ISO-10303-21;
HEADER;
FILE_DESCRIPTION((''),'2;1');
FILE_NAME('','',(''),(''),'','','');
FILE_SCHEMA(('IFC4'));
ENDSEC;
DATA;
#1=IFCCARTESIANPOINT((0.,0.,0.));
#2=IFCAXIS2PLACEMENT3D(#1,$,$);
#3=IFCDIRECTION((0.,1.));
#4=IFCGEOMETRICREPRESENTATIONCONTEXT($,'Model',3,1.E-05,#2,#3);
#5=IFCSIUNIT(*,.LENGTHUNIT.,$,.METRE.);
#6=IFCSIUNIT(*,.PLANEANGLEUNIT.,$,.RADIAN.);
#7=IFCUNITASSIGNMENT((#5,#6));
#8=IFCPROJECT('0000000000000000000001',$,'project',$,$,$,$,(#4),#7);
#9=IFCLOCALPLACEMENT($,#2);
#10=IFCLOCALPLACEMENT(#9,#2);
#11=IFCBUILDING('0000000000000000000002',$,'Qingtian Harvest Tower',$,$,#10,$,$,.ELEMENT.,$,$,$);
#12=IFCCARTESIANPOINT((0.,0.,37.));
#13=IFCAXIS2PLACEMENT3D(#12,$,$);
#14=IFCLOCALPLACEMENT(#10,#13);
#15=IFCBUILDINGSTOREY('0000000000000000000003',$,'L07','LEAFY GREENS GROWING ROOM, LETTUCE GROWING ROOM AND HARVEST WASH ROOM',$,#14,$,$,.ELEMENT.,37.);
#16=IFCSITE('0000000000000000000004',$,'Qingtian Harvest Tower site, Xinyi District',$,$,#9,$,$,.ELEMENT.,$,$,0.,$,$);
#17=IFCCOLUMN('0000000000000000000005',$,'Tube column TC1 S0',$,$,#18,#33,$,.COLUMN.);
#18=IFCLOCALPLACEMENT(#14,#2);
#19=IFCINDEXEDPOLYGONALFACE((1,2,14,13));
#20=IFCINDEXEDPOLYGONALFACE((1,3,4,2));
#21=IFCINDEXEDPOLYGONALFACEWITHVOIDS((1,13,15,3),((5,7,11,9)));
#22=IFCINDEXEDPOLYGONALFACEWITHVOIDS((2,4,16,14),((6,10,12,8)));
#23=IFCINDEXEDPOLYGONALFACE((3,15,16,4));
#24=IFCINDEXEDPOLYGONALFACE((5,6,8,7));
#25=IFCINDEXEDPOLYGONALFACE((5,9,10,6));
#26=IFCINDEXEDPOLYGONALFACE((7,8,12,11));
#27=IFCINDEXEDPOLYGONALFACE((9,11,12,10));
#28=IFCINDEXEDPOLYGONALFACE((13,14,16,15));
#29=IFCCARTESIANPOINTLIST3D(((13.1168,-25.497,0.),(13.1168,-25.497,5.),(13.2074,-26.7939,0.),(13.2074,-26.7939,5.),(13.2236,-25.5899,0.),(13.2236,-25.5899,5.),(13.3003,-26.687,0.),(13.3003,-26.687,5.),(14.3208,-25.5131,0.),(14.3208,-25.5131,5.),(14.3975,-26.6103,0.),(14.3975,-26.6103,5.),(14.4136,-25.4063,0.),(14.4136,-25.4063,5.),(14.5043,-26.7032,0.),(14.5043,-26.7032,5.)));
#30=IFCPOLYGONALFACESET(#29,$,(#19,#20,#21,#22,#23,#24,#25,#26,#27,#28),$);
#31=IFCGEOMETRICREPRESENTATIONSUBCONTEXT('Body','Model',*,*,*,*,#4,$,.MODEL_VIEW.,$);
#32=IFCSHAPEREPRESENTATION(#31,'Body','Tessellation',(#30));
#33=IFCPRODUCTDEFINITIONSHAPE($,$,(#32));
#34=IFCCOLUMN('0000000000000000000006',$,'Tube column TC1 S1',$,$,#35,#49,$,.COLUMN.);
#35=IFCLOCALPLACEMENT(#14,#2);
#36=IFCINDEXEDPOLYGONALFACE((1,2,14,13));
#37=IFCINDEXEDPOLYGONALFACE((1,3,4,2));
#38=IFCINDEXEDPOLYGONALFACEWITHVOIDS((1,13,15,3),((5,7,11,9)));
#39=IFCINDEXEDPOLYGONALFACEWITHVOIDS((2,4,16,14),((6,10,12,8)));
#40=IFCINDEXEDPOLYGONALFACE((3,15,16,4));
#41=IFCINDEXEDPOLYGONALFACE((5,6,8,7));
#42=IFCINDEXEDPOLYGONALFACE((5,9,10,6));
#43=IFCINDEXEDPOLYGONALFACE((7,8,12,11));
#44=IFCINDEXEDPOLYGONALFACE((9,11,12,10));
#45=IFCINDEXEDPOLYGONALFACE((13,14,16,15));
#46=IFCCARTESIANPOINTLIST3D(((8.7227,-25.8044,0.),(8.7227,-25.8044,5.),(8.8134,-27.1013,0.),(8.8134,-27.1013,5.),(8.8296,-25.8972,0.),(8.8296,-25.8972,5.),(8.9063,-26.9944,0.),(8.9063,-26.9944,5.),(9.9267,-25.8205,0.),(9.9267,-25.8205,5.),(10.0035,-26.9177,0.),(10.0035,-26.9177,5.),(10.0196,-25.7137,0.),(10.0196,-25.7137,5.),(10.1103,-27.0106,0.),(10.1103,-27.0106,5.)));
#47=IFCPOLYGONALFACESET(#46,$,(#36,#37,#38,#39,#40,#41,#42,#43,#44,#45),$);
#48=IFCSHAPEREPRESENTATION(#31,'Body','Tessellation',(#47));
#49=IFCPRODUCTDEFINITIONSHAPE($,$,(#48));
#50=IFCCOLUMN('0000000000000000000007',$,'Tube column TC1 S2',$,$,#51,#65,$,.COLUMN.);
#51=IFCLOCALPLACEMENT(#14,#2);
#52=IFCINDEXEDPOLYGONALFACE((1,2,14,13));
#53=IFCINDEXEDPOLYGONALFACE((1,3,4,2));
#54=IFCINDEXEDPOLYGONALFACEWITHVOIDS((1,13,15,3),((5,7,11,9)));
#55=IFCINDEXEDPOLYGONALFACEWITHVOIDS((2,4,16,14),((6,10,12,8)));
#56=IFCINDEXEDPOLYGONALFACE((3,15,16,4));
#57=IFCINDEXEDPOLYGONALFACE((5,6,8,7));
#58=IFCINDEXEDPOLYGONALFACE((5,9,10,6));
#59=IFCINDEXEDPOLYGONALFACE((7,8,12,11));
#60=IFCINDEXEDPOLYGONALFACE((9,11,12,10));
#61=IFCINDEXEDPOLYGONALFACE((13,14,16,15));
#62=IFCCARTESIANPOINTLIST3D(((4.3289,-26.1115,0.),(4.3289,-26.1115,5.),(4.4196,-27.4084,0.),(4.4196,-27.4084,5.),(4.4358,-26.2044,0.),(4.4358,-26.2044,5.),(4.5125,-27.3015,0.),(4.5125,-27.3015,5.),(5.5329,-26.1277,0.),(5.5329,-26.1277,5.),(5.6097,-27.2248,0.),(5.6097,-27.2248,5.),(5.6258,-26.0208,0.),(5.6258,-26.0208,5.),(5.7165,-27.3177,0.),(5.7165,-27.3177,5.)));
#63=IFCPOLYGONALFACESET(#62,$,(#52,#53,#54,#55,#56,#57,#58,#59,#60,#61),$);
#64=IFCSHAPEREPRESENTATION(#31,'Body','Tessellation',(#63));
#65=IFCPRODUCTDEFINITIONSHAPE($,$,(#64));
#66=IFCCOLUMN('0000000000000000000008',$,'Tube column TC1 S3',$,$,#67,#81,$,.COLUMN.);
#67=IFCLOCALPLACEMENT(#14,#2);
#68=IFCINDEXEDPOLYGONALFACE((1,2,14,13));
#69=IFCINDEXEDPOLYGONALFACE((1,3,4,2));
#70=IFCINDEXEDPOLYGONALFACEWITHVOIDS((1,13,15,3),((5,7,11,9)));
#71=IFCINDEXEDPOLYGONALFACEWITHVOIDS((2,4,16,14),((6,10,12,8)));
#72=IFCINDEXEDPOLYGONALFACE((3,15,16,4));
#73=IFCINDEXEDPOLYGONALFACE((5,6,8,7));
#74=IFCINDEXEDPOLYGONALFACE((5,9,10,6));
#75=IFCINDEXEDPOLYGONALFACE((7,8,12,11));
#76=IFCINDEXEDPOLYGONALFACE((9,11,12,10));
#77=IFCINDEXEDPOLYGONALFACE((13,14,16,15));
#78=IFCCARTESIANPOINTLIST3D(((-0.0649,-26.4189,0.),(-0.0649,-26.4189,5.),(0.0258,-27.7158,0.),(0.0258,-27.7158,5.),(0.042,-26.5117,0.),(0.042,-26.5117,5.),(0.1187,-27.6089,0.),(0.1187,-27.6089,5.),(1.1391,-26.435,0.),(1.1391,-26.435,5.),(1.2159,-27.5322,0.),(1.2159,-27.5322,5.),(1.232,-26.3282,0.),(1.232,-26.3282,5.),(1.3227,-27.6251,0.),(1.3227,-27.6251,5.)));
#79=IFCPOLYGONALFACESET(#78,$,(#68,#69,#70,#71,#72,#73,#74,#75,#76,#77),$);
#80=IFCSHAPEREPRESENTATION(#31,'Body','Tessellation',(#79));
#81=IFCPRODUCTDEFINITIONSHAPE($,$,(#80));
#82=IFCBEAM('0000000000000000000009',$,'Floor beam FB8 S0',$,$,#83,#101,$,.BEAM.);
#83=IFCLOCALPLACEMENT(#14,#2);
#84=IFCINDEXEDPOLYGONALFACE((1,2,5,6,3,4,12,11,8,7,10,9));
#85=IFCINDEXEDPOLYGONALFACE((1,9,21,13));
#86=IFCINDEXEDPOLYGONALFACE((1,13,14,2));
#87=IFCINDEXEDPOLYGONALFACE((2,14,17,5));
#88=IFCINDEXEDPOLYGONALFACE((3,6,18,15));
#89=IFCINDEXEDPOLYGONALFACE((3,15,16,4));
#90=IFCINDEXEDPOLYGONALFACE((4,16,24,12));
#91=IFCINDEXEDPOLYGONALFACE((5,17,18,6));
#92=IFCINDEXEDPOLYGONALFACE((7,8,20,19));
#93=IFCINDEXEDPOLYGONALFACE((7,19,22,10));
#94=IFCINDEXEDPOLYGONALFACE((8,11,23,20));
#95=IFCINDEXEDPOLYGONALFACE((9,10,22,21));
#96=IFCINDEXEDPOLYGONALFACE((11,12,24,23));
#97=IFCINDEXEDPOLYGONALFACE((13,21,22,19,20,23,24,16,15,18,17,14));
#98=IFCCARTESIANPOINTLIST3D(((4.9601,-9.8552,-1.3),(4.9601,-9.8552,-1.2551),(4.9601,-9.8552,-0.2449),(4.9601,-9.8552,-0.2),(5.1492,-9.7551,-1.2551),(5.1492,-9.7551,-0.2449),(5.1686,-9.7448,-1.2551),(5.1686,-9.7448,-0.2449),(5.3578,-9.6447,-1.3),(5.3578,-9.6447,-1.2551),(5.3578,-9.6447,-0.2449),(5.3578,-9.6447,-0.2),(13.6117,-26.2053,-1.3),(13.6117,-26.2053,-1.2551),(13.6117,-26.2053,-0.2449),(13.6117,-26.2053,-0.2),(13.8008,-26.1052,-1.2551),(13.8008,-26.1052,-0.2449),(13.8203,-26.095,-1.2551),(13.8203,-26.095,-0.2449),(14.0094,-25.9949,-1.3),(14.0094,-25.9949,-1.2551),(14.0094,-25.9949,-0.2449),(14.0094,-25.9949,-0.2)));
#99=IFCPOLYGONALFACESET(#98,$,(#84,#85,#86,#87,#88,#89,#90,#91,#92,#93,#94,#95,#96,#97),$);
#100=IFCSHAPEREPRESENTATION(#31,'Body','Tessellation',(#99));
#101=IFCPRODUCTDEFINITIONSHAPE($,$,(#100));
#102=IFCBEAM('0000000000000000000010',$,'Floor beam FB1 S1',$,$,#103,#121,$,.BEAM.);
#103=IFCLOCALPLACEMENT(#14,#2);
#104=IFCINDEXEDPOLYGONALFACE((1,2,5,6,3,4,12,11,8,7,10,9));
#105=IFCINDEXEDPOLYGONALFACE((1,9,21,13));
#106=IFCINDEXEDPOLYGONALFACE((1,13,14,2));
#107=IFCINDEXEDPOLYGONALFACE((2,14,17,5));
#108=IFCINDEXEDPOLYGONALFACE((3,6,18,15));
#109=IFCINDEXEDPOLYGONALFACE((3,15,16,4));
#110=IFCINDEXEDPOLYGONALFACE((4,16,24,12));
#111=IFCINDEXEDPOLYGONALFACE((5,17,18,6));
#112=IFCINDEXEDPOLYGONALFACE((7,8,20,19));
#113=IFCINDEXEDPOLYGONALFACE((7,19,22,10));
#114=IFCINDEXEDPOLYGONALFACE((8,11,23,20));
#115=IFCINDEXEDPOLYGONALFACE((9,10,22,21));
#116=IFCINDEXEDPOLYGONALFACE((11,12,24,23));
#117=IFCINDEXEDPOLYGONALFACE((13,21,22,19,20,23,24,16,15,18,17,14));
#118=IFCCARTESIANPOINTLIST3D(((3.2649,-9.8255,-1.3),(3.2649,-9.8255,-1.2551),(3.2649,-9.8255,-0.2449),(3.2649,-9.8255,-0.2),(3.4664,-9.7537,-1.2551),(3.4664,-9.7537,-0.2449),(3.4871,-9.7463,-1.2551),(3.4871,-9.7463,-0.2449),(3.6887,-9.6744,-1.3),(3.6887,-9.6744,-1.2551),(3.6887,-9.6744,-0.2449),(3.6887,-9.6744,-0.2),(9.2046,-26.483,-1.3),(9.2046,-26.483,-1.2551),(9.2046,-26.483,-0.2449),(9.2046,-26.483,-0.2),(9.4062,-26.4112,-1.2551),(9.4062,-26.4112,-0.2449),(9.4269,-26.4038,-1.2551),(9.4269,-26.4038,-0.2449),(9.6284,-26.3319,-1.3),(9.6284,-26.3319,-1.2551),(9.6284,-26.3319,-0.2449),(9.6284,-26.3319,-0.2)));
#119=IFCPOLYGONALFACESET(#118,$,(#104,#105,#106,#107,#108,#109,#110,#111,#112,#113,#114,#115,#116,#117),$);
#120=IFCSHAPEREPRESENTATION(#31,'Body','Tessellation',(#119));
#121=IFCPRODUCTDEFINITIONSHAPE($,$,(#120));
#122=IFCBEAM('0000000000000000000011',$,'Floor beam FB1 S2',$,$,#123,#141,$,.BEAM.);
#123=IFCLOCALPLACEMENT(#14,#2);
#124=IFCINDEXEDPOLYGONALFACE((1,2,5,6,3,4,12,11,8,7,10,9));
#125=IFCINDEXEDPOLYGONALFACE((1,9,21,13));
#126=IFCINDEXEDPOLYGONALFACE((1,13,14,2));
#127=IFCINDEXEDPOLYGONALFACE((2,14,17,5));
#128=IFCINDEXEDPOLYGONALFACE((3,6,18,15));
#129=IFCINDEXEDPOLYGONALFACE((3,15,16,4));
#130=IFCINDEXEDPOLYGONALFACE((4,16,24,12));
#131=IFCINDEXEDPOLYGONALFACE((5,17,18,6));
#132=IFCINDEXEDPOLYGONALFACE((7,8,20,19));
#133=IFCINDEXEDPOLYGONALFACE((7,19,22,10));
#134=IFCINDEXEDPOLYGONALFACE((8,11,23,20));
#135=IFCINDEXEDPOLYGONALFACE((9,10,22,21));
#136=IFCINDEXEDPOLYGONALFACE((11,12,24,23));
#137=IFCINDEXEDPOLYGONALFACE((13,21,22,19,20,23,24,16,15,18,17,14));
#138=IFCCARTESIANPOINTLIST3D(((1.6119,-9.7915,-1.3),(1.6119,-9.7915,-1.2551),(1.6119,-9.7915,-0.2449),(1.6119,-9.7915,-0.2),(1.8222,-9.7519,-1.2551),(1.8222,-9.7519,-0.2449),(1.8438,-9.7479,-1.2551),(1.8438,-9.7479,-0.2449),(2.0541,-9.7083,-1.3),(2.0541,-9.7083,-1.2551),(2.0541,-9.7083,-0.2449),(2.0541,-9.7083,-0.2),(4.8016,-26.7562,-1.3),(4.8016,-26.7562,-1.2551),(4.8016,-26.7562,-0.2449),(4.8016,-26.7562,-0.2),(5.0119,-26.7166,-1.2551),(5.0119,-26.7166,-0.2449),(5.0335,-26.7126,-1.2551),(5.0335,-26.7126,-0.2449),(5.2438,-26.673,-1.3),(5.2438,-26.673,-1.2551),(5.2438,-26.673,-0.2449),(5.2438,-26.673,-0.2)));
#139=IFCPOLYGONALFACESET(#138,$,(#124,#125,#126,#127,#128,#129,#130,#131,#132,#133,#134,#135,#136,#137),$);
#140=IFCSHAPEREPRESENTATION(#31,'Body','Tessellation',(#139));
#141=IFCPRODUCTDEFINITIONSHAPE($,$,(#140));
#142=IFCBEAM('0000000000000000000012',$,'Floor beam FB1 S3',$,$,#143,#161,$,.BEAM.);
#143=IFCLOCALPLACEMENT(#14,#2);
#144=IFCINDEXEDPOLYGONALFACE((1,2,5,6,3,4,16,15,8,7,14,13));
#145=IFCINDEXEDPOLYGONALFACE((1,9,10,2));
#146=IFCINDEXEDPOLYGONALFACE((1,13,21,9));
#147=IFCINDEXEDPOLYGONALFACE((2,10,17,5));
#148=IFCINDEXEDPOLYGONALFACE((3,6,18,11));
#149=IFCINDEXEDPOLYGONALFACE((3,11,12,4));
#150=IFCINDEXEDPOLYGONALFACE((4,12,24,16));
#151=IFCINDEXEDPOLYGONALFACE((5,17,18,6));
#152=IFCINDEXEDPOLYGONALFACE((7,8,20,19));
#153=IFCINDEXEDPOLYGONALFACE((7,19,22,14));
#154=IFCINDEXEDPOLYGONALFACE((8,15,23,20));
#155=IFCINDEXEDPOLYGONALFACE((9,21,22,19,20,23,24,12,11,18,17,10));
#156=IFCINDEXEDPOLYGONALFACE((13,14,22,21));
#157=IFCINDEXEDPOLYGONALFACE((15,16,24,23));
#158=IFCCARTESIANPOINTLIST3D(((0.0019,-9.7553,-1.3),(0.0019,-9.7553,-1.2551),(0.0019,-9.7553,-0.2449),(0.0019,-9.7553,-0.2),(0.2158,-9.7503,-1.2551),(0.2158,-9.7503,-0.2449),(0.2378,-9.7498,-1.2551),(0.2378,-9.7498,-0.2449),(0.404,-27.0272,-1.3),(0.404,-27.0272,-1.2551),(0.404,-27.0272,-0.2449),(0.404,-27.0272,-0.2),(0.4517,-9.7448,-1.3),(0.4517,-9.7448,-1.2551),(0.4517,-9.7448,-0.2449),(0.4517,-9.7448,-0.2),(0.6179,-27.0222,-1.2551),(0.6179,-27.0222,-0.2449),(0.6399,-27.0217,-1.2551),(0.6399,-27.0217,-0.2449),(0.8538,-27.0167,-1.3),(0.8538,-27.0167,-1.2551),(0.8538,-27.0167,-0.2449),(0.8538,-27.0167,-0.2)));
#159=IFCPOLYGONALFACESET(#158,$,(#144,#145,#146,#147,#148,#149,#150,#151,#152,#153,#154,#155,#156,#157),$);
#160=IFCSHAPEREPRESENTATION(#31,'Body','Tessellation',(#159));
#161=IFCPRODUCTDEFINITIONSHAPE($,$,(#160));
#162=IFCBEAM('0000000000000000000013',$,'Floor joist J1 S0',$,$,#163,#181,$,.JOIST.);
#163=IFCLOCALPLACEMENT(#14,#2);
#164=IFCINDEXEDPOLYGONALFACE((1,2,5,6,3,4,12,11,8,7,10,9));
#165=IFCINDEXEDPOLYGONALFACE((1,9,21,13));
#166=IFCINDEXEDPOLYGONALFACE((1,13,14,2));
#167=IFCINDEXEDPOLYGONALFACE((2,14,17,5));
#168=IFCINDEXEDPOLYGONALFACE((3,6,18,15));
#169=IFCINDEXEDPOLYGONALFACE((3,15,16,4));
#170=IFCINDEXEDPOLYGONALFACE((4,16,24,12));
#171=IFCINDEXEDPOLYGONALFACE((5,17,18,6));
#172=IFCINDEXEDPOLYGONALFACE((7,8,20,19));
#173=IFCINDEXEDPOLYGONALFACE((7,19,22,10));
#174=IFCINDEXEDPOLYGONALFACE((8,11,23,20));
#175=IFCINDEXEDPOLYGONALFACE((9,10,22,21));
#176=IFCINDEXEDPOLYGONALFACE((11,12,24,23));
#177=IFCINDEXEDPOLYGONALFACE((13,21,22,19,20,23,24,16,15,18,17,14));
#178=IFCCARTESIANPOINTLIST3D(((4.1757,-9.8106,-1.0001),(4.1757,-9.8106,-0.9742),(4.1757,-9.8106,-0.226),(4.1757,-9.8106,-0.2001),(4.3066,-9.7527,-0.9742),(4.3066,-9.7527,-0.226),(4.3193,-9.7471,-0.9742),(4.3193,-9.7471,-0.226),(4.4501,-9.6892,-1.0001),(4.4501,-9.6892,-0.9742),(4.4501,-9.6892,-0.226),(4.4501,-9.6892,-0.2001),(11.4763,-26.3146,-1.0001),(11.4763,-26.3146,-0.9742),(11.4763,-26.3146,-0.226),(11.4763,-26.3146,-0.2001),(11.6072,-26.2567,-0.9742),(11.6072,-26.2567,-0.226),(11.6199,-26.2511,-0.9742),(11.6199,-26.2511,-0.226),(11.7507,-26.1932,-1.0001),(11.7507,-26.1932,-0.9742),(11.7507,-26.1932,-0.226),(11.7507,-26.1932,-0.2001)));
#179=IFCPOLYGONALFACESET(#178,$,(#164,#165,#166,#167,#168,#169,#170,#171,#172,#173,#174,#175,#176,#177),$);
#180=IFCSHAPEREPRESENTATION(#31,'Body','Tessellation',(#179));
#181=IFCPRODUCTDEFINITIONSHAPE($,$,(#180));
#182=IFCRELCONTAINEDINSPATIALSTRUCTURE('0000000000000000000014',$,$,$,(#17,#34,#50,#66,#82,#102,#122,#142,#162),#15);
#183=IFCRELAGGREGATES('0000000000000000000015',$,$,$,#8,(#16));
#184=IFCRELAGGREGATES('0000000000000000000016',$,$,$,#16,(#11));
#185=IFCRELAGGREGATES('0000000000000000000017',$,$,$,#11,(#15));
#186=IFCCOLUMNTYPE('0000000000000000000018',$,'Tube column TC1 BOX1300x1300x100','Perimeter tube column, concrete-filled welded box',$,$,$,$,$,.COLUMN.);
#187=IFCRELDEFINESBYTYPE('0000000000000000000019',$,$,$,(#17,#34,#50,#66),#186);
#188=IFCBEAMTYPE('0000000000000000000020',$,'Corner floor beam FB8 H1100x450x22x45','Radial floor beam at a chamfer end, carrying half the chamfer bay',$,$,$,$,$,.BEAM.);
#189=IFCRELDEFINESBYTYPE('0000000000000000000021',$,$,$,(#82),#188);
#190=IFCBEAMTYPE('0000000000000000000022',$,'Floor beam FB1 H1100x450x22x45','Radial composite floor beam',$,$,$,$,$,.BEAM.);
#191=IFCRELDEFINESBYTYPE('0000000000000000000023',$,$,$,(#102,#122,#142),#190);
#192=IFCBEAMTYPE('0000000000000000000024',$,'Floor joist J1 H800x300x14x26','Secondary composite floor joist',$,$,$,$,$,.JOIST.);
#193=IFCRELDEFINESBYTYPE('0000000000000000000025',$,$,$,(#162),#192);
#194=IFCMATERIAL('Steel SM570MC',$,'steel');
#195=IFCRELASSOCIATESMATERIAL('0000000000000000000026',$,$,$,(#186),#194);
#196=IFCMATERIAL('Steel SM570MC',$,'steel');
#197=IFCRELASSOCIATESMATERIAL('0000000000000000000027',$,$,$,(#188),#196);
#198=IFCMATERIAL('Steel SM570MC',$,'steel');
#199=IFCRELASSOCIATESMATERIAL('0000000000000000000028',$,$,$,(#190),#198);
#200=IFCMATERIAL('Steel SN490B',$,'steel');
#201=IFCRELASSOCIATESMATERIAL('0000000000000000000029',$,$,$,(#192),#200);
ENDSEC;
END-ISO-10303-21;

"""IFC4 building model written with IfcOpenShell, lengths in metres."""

from ifc_helpers import new_model, si_unit, direction, frame, origin, origin_2d, place, context, subcontext, project, spatial, hollow_rectangle, i_section, extrude, material, material_profile, profile_set, type_object, element, save


model = new_model("IFC4")

# Units and contexts
model_context = context("Model", 3, precision=1e-05, world=origin(), true_north=direction((0.0, 1.0)))
body_context = subcontext(model_context, "Body", "Model", "MODEL_VIEW")
ifc_project = project(units=[si_unit("LENGTHUNIT", "METRE"), si_unit("PLANEANGLEUNIT", "RADIAN")], contexts=[model_context])

# Site, building, storey
site_placement = place(None, origin())
site = spatial("IfcSite", under=ifc_project, at=site_placement, Name="Qingtian Harvest Tower site, Xinyi District", CompositionType="ELEMENT", RefElevation=0.0)
building_placement = place(site_placement, origin())
building = spatial("IfcBuilding", under=site, at=building_placement, Name="Qingtian Harvest Tower", CompositionType="ELEMENT")
storey_placement = place(building_placement, frame((0.0, 0.0, 37.0)))
storey = spatial("IfcBuildingStorey", under=building, at=storey_placement, Name="L07", Description="LEAFY GREENS GROWING ROOM, LETTUCE GROWING ROOM AND HARVEST WASH ROOM", CompositionType="ELEMENT", Elevation=37.0)

# Columns
ifc_material_1 = material(Name="Steel SM570MC", Category="steel")
ifc_material_profile_1 = material_profile(ifc_material_1, hollow_rectangle(XDim=1.3, YDim=1.3, WallThickness=0.1001, at=origin_2d()), Name="BOX1300x1300x100")
ifc_profile_set_1 = profile_set([ifc_material_profile_1], Name="Steel SM570MC")
column_type = type_object("IfcColumnType", Name="Tube column TC1 BOX1300x1300x100", Description="Perimeter tube column, concrete-filled welded box", PredefinedType="COLUMN", material=ifc_profile_set_1)
for number, where, z_axis, x_axis, name in (
    (1, (13.8105, -26.1001, 0.0), (0.0, 0.0, 1.0), (0.997564, 0.069756, 0.0), "Tube column TC1 S0"),
    (2, (9.4165, -26.4075, 0.0), (0.0, 0.0, 1.0), (0.997564, 0.069756, 0.0), "Tube column TC1 S1"),
    (3, (5.0227, -26.7146, 0.0), (0.0, 0.0, 1.0), (0.997564, 0.069756, 0.0), "Tube column TC1 S2"),
    (4, (0.6289, -27.022, 0.0), (0.0, 0.0, 1.0), (0.997564, 0.069756, 0.0), "Tube column TC1 S3"),
):
    element("IfcColumn", number, at=place(storey_placement, frame(where, z_axis=z_axis, x_axis=x_axis)), inside=storey, type_object=column_type, Name=name, PredefinedType="COLUMN", context=body_context, shape_type="SweptSolid", body=[
        extrude(hollow_rectangle(XDim=1.3, YDim=1.3, WallThickness=0.1001, at=origin_2d()), origin(), (0.0, 0.0, 1.0), 5.0),
    ])

# Beams
ifc_material_2 = material(Name="Steel SM570MC", Category="steel")
ifc_material_profile_2 = material_profile(ifc_material_2, i_section(OverallWidth=0.45, OverallDepth=1.1001, WebThickness=0.022, FlangeThickness=0.0449, at=origin_2d()), Name="H1100x450x22x45")
ifc_profile_set_2 = profile_set([ifc_material_profile_2], Name="Steel SM570MC")
beam_type_1 = type_object("IfcBeamType", Name="Corner floor beam FB8 H1100x450x22x45", Description="Radial floor beam at a chamfer end, carrying half the chamfer bay", PredefinedType="BEAM", material=ifc_profile_set_2)
beam_1_placement = place(storey_placement, frame((13.8105, -26.1001, -0.75), z_axis=(-0.467705, 0.883885, 0.0), x_axis=(-0.883885, -0.467705, 0.0)))
element("IfcBeam", 5, at=beam_1_placement, inside=storey, type_object=beam_type_1, Name="Floor beam FB8 S0", PredefinedType="BEAM", context=body_context, shape_type="SweptSolid", body=[
    extrude(i_section(OverallWidth=0.45, OverallDepth=1.1001, WebThickness=0.022, FlangeThickness=0.0449, at=origin_2d()), origin(), (0.0, 0.0, 1.0), 18.498),
])
ifc_material_3 = material(Name="Steel SM570MC", Category="steel")
ifc_material_profile_3 = material_profile(ifc_material_3, i_section(OverallWidth=0.45, OverallDepth=1.1001, WebThickness=0.022, FlangeThickness=0.0449, at=origin_2d()), Name="H1100x450x22x45")
ifc_profile_set_3 = profile_set([ifc_material_profile_3], Name="Steel SM570MC")
beam_type_2 = type_object("IfcBeamType", Name="Floor beam FB1 H1100x450x22x45", Description="Radial composite floor beam", PredefinedType="BEAM", material=ifc_profile_set_3)
beam_2_placement = place(storey_placement, frame((9.4165, -26.4075, -0.75), z_axis=(-0.335865, 0.94191, 0.0), x_axis=(-0.94191, -0.335865, 0.0)))
element("IfcBeam", 6, at=beam_2_placement, inside=storey, type_object=beam_type_2, Name="Floor beam FB1 S1", PredefinedType="BEAM", context=body_context, shape_type="SweptSolid", body=[
    extrude(i_section(OverallWidth=0.45, OverallDepth=1.1001, WebThickness=0.022, FlangeThickness=0.0449, at=origin_2d()), origin(), (0.0, 0.0, 1.0), 17.6848),
])
beam_3_placement = place(storey_placement, frame((5.0227, -26.7146, -0.75), z_axis=(-0.184783, 0.982779, 0.0), x_axis=(-0.982779, -0.184783, 0.0)))
element("IfcBeam", 7, at=beam_3_placement, inside=storey, type_object=beam_type_2, Name="Floor beam FB1 S2", PredefinedType="BEAM", context=body_context, shape_type="SweptSolid", body=[
    extrude(i_section(OverallWidth=0.45, OverallDepth=1.1001, WebThickness=0.022, FlangeThickness=0.0449, at=origin_2d()), origin(), (0.0, 0.0, 1.0), 17.262),
])
beam_4_placement = place(storey_placement, frame((0.6289, -27.022, -0.75), z_axis=(-0.023274, 0.999729, 0.0), x_axis=(-0.999729, -0.023274, 0.0)))
element("IfcBeam", 8, at=beam_4_placement, inside=storey, type_object=beam_type_2, Name="Floor beam FB1 S3", PredefinedType="BEAM", context=body_context, shape_type="SweptSolid", body=[
    extrude(i_section(OverallWidth=0.45, OverallDepth=1.1001, WebThickness=0.022, FlangeThickness=0.0449, at=origin_2d()), origin(), (0.0, 0.0, 1.0), 17.2766),
])
ifc_material_4 = material(Name="Steel SN490B", Category="steel")
ifc_material_profile_4 = material_profile(ifc_material_4, i_section(OverallWidth=0.3, OverallDepth=0.8, WebThickness=0.0139, FlangeThickness=0.0259, at=origin_2d()), Name="H800x300x14x26")
ifc_profile_set_4 = profile_set([ifc_material_profile_4], Name="Steel SN490B")
beam_type_3 = type_object("IfcBeamType", Name="Floor joist J1 H800x300x14x26", Description="Secondary composite floor joist", PredefinedType="JOIST", material=ifc_profile_set_4)
beam_5_placement = place(storey_placement, frame((11.6135, -26.2539, -0.6001), z_axis=(-0.40454, 0.91452, 0.0), x_axis=(-0.91452, -0.40454, 0.0)))
element("IfcBeam", 9, at=beam_5_placement, inside=storey, type_object=beam_type_3, Name="Floor joist J1 S0", PredefinedType="JOIST", context=body_context, shape_type="SweptSolid", body=[
    extrude(i_section(OverallWidth=0.3, OverallDepth=0.8, WebThickness=0.0139, FlangeThickness=0.0259, at=origin_2d()), origin(), (0.0, 0.0, 1.0), 18.0466),
])

save(model, "model.ifc")
